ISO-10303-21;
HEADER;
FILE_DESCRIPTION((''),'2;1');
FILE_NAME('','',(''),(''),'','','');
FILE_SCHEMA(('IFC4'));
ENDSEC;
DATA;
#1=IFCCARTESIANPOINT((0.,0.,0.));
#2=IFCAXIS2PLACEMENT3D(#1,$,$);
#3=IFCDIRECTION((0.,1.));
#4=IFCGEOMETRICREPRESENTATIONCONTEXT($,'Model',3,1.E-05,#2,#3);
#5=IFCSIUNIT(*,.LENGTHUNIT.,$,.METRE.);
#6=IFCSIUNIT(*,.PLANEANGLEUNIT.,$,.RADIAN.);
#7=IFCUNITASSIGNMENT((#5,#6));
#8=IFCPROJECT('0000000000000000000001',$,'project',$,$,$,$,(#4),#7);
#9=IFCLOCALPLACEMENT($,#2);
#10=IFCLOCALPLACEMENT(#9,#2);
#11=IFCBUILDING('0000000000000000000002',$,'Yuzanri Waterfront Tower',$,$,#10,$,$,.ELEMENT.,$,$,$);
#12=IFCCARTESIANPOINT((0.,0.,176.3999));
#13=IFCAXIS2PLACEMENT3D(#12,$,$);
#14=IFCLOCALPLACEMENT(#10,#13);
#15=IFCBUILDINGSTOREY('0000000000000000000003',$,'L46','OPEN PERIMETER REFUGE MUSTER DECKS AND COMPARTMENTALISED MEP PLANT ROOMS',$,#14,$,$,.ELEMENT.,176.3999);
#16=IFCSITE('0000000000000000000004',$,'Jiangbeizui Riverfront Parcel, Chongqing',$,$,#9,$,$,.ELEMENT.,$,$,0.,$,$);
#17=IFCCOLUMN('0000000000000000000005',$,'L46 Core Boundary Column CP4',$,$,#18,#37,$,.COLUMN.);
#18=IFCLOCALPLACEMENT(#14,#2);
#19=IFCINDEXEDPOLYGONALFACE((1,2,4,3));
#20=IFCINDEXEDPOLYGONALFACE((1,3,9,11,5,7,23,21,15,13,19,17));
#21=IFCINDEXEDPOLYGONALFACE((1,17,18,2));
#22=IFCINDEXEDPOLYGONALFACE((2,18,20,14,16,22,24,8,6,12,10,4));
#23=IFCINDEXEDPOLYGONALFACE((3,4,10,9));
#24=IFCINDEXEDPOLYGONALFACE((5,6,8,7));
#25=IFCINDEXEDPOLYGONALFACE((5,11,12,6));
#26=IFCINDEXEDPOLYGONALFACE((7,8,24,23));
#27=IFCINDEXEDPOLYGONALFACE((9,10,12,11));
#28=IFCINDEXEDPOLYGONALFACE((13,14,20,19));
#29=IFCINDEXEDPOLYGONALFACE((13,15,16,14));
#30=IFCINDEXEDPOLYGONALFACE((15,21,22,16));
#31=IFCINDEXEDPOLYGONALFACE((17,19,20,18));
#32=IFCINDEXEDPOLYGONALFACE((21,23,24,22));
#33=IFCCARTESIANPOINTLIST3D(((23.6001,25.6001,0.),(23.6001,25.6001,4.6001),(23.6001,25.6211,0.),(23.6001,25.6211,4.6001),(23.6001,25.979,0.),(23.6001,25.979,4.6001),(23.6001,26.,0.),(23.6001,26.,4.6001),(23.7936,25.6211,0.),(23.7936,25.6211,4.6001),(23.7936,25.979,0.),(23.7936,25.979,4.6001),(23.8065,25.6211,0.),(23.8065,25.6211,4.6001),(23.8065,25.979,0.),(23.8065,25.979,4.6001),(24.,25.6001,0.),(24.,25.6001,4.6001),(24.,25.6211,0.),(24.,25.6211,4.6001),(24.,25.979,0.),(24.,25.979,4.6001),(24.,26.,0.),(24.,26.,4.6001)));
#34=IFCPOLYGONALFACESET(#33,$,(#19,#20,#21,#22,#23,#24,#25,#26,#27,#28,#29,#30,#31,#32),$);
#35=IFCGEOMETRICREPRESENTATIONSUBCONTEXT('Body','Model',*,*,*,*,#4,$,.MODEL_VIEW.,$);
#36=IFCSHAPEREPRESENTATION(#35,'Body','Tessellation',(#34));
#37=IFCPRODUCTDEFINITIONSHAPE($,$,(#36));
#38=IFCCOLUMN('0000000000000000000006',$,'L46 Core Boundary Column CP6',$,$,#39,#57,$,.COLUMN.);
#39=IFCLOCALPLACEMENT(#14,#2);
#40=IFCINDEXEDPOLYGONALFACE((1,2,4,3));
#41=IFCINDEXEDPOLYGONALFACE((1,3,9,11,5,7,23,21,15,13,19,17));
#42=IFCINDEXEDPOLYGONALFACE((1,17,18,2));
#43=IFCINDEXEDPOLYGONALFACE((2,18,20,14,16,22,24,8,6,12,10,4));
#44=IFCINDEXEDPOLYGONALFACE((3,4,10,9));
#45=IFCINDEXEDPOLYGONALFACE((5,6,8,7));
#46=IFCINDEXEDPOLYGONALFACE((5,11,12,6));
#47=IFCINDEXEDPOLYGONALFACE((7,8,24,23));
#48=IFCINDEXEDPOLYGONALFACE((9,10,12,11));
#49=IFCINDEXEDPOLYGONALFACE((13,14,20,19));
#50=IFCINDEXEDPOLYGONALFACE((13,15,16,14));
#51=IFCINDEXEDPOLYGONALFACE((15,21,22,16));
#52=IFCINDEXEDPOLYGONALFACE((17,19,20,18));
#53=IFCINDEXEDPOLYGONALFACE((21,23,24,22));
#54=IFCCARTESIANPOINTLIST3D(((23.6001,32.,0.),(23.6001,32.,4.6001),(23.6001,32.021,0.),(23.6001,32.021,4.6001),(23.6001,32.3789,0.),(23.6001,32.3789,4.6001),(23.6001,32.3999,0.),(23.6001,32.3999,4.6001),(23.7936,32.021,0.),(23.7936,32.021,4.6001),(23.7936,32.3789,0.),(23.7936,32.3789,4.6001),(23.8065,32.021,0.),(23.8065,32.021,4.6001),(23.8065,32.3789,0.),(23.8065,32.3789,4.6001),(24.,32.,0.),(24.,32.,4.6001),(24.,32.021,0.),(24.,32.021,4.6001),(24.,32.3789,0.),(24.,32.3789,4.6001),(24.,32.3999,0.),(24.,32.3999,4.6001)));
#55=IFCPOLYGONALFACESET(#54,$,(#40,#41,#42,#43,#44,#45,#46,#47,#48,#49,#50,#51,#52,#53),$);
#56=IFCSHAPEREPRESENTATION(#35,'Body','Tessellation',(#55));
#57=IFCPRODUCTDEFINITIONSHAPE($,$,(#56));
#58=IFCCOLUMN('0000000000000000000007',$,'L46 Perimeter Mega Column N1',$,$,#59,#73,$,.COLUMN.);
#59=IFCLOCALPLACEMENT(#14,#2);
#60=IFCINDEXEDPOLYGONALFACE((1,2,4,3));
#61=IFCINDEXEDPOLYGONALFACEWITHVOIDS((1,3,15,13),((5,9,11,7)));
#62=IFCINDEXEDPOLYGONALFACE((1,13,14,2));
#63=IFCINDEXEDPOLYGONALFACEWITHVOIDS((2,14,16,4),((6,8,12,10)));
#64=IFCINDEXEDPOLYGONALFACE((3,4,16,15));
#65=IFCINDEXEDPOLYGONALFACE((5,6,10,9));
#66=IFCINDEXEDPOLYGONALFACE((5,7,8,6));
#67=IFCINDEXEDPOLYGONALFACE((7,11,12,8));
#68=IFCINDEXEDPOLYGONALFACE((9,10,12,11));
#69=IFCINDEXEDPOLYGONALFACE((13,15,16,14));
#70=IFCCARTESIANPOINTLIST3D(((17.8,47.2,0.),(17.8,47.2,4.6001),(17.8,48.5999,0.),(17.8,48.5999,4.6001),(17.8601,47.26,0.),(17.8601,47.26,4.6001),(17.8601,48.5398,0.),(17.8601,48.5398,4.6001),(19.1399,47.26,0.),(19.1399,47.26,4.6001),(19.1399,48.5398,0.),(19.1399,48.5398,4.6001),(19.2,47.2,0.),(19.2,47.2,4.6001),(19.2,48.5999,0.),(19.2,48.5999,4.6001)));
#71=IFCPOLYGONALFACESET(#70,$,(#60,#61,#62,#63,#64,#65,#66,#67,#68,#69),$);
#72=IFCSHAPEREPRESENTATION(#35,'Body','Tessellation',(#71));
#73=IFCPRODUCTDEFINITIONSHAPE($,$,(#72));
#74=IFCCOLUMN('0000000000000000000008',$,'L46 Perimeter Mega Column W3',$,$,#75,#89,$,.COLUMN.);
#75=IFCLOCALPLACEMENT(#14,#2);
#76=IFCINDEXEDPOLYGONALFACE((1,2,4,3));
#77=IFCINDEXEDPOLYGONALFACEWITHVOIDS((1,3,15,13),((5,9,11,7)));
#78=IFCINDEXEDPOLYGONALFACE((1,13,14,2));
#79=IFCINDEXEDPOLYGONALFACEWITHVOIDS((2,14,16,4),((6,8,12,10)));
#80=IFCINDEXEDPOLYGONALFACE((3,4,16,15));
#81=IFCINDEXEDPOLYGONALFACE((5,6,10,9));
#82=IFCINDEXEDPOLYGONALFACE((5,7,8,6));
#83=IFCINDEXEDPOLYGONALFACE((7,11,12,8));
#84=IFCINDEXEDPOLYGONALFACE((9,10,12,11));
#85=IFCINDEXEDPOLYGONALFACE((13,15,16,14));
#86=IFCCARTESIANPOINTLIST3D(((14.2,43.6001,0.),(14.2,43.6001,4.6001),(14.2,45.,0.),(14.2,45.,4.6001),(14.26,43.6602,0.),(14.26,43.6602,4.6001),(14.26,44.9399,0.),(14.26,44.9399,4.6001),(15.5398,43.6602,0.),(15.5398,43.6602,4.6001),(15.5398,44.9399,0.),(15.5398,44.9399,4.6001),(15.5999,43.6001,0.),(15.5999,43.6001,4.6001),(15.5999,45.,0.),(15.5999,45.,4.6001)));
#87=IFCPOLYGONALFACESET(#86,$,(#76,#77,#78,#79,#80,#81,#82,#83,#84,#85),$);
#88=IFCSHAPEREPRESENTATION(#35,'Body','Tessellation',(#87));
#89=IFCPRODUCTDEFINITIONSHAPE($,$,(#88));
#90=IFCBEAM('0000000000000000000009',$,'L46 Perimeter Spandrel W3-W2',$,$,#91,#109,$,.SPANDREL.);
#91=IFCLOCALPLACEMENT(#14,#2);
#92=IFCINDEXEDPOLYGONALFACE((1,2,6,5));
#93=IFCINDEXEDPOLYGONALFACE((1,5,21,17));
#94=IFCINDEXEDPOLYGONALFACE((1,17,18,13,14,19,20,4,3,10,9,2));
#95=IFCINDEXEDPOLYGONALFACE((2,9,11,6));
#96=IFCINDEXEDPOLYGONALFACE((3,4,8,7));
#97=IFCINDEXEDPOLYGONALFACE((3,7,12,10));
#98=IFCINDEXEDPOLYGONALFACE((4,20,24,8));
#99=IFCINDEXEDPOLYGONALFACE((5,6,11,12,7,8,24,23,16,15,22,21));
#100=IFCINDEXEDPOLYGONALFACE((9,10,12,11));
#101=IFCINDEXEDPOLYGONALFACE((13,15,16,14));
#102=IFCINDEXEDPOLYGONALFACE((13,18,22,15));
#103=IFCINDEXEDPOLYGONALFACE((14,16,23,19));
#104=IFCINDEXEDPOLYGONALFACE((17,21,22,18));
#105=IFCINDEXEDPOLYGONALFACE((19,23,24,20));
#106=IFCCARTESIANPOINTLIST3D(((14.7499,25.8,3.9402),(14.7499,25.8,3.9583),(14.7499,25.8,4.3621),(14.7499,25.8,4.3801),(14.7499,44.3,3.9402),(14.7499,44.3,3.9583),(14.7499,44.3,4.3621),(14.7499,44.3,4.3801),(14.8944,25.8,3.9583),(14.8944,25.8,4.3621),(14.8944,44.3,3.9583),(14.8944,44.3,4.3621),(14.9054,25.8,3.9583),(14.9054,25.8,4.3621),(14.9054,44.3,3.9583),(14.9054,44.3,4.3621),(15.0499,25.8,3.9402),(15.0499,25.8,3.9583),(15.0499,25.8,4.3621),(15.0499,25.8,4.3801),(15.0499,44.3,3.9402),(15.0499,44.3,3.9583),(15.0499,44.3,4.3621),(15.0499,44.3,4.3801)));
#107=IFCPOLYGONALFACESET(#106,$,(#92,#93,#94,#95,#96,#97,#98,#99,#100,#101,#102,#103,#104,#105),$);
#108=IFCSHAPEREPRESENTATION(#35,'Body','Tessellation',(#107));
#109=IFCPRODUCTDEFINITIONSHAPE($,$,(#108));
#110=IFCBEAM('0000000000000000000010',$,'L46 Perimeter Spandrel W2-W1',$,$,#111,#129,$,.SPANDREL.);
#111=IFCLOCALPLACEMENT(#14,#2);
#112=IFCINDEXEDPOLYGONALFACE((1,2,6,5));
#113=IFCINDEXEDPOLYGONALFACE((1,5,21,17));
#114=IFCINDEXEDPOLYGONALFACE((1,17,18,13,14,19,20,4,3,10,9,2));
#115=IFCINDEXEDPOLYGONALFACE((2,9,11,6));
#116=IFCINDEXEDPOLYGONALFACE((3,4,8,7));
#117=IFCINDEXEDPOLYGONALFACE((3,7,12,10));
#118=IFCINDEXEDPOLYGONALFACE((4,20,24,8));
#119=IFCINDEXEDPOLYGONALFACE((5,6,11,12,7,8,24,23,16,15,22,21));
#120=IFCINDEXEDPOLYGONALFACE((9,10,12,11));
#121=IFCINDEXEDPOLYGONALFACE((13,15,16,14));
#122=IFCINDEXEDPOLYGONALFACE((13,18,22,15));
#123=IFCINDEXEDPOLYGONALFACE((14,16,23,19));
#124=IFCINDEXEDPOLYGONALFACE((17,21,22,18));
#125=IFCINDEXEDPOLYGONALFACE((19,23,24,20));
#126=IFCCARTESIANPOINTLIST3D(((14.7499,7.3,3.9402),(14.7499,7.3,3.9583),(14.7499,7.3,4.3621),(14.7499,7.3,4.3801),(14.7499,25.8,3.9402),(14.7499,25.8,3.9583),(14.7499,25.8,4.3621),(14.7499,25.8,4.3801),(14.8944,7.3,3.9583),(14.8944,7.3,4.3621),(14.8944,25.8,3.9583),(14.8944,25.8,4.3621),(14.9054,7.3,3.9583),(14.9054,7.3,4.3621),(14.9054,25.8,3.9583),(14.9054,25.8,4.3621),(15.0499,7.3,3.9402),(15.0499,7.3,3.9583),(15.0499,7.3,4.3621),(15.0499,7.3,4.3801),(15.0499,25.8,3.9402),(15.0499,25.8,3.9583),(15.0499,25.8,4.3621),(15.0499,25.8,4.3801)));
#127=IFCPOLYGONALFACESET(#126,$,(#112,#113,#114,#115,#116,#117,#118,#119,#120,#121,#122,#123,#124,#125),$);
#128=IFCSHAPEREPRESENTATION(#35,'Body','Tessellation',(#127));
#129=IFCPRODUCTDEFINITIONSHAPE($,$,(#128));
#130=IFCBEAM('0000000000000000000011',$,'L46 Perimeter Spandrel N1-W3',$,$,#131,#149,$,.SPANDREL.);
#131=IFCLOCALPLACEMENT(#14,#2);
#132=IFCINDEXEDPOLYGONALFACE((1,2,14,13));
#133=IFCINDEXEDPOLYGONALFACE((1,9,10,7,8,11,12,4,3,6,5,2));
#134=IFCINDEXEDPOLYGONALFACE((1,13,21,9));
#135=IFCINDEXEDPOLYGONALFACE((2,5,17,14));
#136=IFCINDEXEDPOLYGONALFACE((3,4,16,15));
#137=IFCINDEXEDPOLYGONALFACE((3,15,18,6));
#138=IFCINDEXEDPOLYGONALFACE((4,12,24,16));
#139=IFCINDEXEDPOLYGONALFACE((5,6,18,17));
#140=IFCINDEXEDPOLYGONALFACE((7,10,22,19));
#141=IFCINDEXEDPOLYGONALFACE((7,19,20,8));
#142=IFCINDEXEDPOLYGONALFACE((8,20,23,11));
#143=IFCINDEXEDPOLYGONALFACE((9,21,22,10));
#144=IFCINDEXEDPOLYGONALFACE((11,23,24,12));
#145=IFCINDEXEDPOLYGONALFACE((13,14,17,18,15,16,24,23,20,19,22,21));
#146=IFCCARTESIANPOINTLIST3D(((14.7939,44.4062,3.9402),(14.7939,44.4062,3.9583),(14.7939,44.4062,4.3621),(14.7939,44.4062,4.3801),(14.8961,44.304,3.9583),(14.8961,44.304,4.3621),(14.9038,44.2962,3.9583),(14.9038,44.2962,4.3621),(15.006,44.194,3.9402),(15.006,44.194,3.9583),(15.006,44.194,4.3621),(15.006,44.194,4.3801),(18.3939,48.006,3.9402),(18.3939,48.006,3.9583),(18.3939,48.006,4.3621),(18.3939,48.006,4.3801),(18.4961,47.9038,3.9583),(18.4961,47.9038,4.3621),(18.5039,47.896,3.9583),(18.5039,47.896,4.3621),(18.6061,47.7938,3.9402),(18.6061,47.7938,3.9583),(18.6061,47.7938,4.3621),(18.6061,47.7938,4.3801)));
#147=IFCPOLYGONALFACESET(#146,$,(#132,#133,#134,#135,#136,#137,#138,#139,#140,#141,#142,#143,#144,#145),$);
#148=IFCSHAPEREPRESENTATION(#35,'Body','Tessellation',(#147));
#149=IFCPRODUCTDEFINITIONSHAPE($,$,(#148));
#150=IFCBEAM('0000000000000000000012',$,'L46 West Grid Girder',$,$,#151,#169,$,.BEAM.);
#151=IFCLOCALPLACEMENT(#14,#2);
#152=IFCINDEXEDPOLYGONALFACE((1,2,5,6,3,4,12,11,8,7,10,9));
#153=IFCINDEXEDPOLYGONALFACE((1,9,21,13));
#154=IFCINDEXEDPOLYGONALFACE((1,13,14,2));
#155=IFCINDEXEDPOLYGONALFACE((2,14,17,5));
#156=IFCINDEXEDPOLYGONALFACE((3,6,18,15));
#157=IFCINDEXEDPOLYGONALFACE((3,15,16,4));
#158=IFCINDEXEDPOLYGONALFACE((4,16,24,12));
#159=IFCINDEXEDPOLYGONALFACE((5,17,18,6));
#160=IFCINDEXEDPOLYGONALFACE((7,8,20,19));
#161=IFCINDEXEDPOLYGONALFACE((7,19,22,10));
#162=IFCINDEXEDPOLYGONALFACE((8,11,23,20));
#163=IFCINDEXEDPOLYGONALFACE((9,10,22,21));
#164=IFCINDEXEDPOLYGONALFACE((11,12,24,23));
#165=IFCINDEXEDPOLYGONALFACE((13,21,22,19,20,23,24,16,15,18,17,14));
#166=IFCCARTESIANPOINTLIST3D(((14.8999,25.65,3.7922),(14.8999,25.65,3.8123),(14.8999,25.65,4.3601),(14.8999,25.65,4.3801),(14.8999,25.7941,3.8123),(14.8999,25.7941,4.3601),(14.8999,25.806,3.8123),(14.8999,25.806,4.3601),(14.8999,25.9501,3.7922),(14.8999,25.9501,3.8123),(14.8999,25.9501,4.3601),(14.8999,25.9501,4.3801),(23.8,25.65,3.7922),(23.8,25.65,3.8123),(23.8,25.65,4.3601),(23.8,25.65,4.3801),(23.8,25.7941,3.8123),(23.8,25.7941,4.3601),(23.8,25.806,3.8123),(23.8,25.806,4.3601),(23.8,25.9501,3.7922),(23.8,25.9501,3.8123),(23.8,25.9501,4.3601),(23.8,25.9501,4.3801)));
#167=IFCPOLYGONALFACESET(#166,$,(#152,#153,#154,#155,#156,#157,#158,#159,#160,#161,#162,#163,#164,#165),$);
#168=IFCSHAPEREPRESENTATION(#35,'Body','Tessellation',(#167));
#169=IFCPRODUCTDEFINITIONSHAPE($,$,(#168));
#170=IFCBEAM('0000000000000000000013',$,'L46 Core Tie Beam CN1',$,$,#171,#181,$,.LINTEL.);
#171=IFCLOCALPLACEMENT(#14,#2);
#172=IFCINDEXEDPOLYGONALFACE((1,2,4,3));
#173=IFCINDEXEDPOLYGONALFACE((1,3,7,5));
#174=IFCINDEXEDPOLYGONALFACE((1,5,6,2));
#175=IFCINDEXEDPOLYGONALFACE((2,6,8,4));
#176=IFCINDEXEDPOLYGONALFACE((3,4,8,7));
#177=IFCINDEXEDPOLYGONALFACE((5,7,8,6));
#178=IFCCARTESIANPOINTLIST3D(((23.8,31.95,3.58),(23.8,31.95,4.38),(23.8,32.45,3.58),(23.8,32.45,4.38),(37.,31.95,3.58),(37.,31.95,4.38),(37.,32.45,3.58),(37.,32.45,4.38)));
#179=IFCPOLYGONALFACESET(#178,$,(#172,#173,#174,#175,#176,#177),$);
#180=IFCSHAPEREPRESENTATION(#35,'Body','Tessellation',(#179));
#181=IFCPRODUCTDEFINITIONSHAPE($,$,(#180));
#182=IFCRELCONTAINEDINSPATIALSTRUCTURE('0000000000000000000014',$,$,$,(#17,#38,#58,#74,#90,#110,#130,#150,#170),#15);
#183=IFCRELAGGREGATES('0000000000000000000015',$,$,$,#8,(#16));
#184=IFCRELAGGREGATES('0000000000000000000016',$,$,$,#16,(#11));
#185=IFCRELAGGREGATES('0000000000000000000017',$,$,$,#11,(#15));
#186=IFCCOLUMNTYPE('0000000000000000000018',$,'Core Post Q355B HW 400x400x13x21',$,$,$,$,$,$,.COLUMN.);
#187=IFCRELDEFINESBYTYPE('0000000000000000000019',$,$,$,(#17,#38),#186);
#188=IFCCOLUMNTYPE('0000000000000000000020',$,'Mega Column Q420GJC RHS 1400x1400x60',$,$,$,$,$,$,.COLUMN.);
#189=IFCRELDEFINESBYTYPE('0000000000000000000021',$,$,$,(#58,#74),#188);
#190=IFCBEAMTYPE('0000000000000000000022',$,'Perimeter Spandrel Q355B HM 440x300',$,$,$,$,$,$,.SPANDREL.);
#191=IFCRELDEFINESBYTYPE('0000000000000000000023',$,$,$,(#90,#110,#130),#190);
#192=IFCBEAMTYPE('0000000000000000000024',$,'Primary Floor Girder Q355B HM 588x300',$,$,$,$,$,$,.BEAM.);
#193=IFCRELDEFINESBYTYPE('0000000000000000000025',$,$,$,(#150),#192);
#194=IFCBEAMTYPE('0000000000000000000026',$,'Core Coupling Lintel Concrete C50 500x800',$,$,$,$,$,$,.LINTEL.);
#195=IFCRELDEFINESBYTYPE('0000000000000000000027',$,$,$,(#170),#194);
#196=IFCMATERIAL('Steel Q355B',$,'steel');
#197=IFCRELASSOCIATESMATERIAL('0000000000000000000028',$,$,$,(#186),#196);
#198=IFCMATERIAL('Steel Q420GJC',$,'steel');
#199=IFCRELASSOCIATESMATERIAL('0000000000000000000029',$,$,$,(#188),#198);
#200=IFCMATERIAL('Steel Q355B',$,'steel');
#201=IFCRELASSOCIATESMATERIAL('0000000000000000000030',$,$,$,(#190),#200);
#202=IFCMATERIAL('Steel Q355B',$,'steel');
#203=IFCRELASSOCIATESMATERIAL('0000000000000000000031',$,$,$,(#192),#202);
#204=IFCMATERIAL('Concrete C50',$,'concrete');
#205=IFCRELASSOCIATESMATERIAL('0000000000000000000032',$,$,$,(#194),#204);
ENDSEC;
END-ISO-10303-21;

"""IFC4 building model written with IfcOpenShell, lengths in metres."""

from ifc_helpers import new_model, si_unit, direction, frame, origin, origin_2d, place, context, subcontext, project, spatial, rectangle, hollow_rectangle, i_section, extrude, source, transform, mapped, material, material_profile, profile_set, type_object, element, save


model = new_model("IFC4")

# Units and contexts
model_context = context("Model", 3, precision=1e-05, world=origin(), true_north=direction((0.0, 1.0)))
body_context = subcontext(model_context, "Body", "Model", "MODEL_VIEW")
ifc_project = project(units=[si_unit("LENGTHUNIT", "METRE"), si_unit("PLANEANGLEUNIT", "RADIAN")], contexts=[model_context])

# Site, building, storey
site_placement = place(None, origin())
site = spatial("IfcSite", under=ifc_project, at=site_placement, Name="Jiangbeizui Riverfront Parcel, Chongqing", CompositionType="ELEMENT", RefElevation=0.0)
building_placement = place(site_placement, origin())
building = spatial("IfcBuilding", under=site, at=building_placement, Name="Yuzanri Waterfront Tower", CompositionType="ELEMENT")
storey_placement = place(building_placement, frame((0.0, 0.0, 176.3999)))
storey = spatial("IfcBuildingStorey", under=building, at=storey_placement, Name="L46", Description="OPEN PERIMETER REFUGE MUSTER DECKS AND COMPARTMENTALISED MEP PLANT ROOMS", CompositionType="ELEMENT", Elevation=176.3999)

# Columns
ifc_material_1 = material(Name="Steel Q355B", Category="steel")
ifc_material_profile_1 = material_profile(ifc_material_1, i_section(OverallWidth=0.3999, OverallDepth=0.3999, WebThickness=0.0129, FlangeThickness=0.021, at=origin_2d()), Name="HW 400x400x13x21")
ifc_profile_set_1 = profile_set([ifc_material_profile_1], Name="Steel Q355B")
column_type_1 = type_object("IfcColumnType", Name="Core Post Q355B HW 400x400x13x21", PredefinedType="COLUMN", material=ifc_profile_set_1)
shared_shape_1 = source(origin(), body_context, "Body", "SweptSolid", [
    extrude(i_section(OverallWidth=0.3999, OverallDepth=0.3999, WebThickness=0.0129, FlangeThickness=0.021, at=origin_2d()), origin(), (0.0, 0.0, 1.0), 4.6001),
])
for number, where, z_axis, x_axis, name in (
    (1, (23.8, 25.8, 0.0), (0.0, 0.0, 1.0), (1.0, 0.0, 0.0), "L46 Core Boundary Column CP4"),
    (2, (23.8, 32.2, 0.0), (0.0, 0.0, 1.0), (1.0, 0.0, 0.0), "L46 Core Boundary Column CP6"),
):
    element("IfcColumn", number, at=place(storey_placement, frame(where, z_axis=z_axis, x_axis=x_axis)), inside=storey, type_object=column_type_1, Name=name, PredefinedType="COLUMN", context=body_context, shape_type="MappedRepresentation", body=[
        mapped(shared_shape_1, transform((0.0, 0.0, 0.0), scale=1.0)),
    ])
ifc_material_2 = material(Name="Steel Q420GJC", Category="steel")
ifc_material_profile_2 = material_profile(ifc_material_2, hollow_rectangle(XDim=1.3999, YDim=1.3999, WallThickness=0.0601, at=origin_2d()), Name="RHS 1400x1400x60")
ifc_profile_set_2 = profile_set([ifc_material_profile_2], Name="Steel Q420GJC")
column_type_2 = type_object("IfcColumnType", Name="Mega Column Q420GJC RHS 1400x1400x60", PredefinedType="COLUMN", material=ifc_profile_set_2)
shared_shape_2 = source(origin(), body_context, "Body", "SweptSolid", [
    extrude(hollow_rectangle(XDim=1.3999, YDim=1.3999, WallThickness=0.0601, at=origin_2d()), origin(), (0.0, 0.0, 1.0), 4.6001),
])
for number, where, z_axis, x_axis, name in (
    (3, (18.5, 47.8999, 0.0), (0.0, 0.0, 1.0), (1.0, 0.0, 0.0), "L46 Perimeter Mega Column N1"),
    (4, (14.8999, 44.3, 0.0), (0.0, 0.0, 1.0), (1.0, 0.0, 0.0), "L46 Perimeter Mega Column W3"),
):
    element("IfcColumn", number, at=place(storey_placement, frame(where, z_axis=z_axis, x_axis=x_axis)), inside=storey, type_object=column_type_2, Name=name, PredefinedType="COLUMN", context=body_context, shape_type="MappedRepresentation", body=[
        mapped(shared_shape_2, transform((0.0, 0.0, 0.0), scale=1.0)),
    ])

# Beams
ifc_material_3 = material(Name="Steel Q355B", Category="steel")
ifc_material_profile_3 = material_profile(ifc_material_3, i_section(OverallWidth=0.3, OverallDepth=0.4399, WebThickness=0.011, FlangeThickness=0.0181, at=origin_2d()), Name="HM 440x300x11x18")
ifc_profile_set_3 = profile_set([ifc_material_profile_3], Name="Steel Q355B")
beam_type_1 = type_object("IfcBeamType", Name="Perimeter Spandrel Q355B HM 440x300", PredefinedType="SPANDREL", material=ifc_profile_set_3)
shared_shape_3 = source(origin(), body_context, "Body", "SweptSolid", [
    extrude(i_section(OverallWidth=0.3, OverallDepth=0.4399, WebThickness=0.011, FlangeThickness=0.0181, at=origin_2d()), origin(), (0.0, 0.0, 1.0), 18.5),
])
for number, where, z_axis, x_axis, name in (
    (5, (14.8999, 44.3, 4.1602), (0.0, -1.0, 0.0), (1.0, 0.0, 0.0), "L46 Perimeter Spandrel W3-W2"),
    (6, (14.8999, 25.8, 4.1602), (0.0, -1.0, 0.0), (1.0, 0.0, 0.0), "L46 Perimeter Spandrel W2-W1"),
):
    element("IfcBeam", number, at=place(storey_placement, frame(where, z_axis=z_axis, x_axis=x_axis)), inside=storey, type_object=beam_type_1, Name=name, PredefinedType="SPANDREL", context=body_context, shape_type="MappedRepresentation", body=[
        mapped(shared_shape_3, transform((0.0, 0.0, 0.0), scale=1.0)),
    ])
shared_shape_4 = source(origin(), body_context, "Body", "SweptSolid", [
    extrude(i_section(OverallWidth=0.3, OverallDepth=0.4399, WebThickness=0.011, FlangeThickness=0.0181, at=origin_2d()), origin(), (0.0, 0.0, 1.0), 5.0911),
])
beam_1_placement = place(storey_placement, frame((18.5, 47.8999, 4.1602), z_axis=(-0.707131, -0.707083, 0.0), x_axis=(0.707083, -0.707131, 0.0)))
element("IfcBeam", 7, at=beam_1_placement, inside=storey, type_object=beam_type_1, Name="L46 Perimeter Spandrel N1-W3", PredefinedType="SPANDREL", context=body_context, shape_type="MappedRepresentation", body=[
    mapped(shared_shape_4, transform((0.0, 0.0, 0.0), scale=1.0)),
])
ifc_material_4 = material(Name="Steel Q355B", Category="steel")
ifc_material_profile_4 = material_profile(ifc_material_4, i_section(OverallWidth=0.3, OverallDepth=0.5879, WebThickness=0.012, FlangeThickness=0.02, at=origin_2d()), Name="HM 588x300x12x20")
ifc_profile_set_4 = profile_set([ifc_material_profile_4], Name="Steel Q355B")
beam_type_2 = type_object("IfcBeamType", Name="Primary Floor Girder Q355B HM 588x300", PredefinedType="BEAM", material=ifc_profile_set_4)
shared_shape_5 = source(origin(), body_context, "Body", "SweptSolid", [
    extrude(i_section(OverallWidth=0.3, OverallDepth=0.5879, WebThickness=0.012, FlangeThickness=0.02, at=origin_2d()), origin(), (0.0, 0.0, 1.0), 8.9001),
])
beam_2_placement = place(storey_placement, frame((23.8, 25.8, 4.0862), z_axis=(-1.0, 0.0, 0.0), x_axis=(0.0, -1.0, 0.0)))
element("IfcBeam", 8, at=beam_2_placement, inside=storey, type_object=beam_type_2, Name="L46 West Grid Girder", PredefinedType="BEAM", context=body_context, shape_type="MappedRepresentation", body=[
    mapped(shared_shape_5, transform((0.0, 0.0, 0.0), scale=1.0)),
])
ifc_material_5 = material(Name="Concrete C50", Category="concrete")
ifc_material_profile_5 = material_profile(ifc_material_5, rectangle(XDim=0.5, YDim=0.8, at=origin_2d()), Name="RC 500x800")
ifc_profile_set_5 = profile_set([ifc_material_profile_5], Name="Concrete C50")
beam_type_3 = type_object("IfcBeamType", Name="Core Coupling Lintel Concrete C50 500x800", PredefinedType="LINTEL", material=ifc_profile_set_5)
shared_shape_6 = source(origin(), body_context, "Body", "SweptSolid", [
    extrude(rectangle(XDim=0.5, YDim=0.8, at=origin_2d()), origin(), (0.0, 0.0, 1.0), 13.2),
])
beam_3_placement = place(storey_placement, frame((23.8, 32.2, 3.98), z_axis=(1.0, 0.0, 0.0), x_axis=(0.0, 1.0, 0.0)))
element("IfcBeam", 9, at=beam_3_placement, inside=storey, type_object=beam_type_3, Name="L46 Core Tie Beam CN1", PredefinedType="LINTEL", context=body_context, shape_type="MappedRepresentation", body=[
    mapped(shared_shape_6, transform((0.0, 0.0, 0.0), scale=1.0)),
])

save(model, "model.ifc")
